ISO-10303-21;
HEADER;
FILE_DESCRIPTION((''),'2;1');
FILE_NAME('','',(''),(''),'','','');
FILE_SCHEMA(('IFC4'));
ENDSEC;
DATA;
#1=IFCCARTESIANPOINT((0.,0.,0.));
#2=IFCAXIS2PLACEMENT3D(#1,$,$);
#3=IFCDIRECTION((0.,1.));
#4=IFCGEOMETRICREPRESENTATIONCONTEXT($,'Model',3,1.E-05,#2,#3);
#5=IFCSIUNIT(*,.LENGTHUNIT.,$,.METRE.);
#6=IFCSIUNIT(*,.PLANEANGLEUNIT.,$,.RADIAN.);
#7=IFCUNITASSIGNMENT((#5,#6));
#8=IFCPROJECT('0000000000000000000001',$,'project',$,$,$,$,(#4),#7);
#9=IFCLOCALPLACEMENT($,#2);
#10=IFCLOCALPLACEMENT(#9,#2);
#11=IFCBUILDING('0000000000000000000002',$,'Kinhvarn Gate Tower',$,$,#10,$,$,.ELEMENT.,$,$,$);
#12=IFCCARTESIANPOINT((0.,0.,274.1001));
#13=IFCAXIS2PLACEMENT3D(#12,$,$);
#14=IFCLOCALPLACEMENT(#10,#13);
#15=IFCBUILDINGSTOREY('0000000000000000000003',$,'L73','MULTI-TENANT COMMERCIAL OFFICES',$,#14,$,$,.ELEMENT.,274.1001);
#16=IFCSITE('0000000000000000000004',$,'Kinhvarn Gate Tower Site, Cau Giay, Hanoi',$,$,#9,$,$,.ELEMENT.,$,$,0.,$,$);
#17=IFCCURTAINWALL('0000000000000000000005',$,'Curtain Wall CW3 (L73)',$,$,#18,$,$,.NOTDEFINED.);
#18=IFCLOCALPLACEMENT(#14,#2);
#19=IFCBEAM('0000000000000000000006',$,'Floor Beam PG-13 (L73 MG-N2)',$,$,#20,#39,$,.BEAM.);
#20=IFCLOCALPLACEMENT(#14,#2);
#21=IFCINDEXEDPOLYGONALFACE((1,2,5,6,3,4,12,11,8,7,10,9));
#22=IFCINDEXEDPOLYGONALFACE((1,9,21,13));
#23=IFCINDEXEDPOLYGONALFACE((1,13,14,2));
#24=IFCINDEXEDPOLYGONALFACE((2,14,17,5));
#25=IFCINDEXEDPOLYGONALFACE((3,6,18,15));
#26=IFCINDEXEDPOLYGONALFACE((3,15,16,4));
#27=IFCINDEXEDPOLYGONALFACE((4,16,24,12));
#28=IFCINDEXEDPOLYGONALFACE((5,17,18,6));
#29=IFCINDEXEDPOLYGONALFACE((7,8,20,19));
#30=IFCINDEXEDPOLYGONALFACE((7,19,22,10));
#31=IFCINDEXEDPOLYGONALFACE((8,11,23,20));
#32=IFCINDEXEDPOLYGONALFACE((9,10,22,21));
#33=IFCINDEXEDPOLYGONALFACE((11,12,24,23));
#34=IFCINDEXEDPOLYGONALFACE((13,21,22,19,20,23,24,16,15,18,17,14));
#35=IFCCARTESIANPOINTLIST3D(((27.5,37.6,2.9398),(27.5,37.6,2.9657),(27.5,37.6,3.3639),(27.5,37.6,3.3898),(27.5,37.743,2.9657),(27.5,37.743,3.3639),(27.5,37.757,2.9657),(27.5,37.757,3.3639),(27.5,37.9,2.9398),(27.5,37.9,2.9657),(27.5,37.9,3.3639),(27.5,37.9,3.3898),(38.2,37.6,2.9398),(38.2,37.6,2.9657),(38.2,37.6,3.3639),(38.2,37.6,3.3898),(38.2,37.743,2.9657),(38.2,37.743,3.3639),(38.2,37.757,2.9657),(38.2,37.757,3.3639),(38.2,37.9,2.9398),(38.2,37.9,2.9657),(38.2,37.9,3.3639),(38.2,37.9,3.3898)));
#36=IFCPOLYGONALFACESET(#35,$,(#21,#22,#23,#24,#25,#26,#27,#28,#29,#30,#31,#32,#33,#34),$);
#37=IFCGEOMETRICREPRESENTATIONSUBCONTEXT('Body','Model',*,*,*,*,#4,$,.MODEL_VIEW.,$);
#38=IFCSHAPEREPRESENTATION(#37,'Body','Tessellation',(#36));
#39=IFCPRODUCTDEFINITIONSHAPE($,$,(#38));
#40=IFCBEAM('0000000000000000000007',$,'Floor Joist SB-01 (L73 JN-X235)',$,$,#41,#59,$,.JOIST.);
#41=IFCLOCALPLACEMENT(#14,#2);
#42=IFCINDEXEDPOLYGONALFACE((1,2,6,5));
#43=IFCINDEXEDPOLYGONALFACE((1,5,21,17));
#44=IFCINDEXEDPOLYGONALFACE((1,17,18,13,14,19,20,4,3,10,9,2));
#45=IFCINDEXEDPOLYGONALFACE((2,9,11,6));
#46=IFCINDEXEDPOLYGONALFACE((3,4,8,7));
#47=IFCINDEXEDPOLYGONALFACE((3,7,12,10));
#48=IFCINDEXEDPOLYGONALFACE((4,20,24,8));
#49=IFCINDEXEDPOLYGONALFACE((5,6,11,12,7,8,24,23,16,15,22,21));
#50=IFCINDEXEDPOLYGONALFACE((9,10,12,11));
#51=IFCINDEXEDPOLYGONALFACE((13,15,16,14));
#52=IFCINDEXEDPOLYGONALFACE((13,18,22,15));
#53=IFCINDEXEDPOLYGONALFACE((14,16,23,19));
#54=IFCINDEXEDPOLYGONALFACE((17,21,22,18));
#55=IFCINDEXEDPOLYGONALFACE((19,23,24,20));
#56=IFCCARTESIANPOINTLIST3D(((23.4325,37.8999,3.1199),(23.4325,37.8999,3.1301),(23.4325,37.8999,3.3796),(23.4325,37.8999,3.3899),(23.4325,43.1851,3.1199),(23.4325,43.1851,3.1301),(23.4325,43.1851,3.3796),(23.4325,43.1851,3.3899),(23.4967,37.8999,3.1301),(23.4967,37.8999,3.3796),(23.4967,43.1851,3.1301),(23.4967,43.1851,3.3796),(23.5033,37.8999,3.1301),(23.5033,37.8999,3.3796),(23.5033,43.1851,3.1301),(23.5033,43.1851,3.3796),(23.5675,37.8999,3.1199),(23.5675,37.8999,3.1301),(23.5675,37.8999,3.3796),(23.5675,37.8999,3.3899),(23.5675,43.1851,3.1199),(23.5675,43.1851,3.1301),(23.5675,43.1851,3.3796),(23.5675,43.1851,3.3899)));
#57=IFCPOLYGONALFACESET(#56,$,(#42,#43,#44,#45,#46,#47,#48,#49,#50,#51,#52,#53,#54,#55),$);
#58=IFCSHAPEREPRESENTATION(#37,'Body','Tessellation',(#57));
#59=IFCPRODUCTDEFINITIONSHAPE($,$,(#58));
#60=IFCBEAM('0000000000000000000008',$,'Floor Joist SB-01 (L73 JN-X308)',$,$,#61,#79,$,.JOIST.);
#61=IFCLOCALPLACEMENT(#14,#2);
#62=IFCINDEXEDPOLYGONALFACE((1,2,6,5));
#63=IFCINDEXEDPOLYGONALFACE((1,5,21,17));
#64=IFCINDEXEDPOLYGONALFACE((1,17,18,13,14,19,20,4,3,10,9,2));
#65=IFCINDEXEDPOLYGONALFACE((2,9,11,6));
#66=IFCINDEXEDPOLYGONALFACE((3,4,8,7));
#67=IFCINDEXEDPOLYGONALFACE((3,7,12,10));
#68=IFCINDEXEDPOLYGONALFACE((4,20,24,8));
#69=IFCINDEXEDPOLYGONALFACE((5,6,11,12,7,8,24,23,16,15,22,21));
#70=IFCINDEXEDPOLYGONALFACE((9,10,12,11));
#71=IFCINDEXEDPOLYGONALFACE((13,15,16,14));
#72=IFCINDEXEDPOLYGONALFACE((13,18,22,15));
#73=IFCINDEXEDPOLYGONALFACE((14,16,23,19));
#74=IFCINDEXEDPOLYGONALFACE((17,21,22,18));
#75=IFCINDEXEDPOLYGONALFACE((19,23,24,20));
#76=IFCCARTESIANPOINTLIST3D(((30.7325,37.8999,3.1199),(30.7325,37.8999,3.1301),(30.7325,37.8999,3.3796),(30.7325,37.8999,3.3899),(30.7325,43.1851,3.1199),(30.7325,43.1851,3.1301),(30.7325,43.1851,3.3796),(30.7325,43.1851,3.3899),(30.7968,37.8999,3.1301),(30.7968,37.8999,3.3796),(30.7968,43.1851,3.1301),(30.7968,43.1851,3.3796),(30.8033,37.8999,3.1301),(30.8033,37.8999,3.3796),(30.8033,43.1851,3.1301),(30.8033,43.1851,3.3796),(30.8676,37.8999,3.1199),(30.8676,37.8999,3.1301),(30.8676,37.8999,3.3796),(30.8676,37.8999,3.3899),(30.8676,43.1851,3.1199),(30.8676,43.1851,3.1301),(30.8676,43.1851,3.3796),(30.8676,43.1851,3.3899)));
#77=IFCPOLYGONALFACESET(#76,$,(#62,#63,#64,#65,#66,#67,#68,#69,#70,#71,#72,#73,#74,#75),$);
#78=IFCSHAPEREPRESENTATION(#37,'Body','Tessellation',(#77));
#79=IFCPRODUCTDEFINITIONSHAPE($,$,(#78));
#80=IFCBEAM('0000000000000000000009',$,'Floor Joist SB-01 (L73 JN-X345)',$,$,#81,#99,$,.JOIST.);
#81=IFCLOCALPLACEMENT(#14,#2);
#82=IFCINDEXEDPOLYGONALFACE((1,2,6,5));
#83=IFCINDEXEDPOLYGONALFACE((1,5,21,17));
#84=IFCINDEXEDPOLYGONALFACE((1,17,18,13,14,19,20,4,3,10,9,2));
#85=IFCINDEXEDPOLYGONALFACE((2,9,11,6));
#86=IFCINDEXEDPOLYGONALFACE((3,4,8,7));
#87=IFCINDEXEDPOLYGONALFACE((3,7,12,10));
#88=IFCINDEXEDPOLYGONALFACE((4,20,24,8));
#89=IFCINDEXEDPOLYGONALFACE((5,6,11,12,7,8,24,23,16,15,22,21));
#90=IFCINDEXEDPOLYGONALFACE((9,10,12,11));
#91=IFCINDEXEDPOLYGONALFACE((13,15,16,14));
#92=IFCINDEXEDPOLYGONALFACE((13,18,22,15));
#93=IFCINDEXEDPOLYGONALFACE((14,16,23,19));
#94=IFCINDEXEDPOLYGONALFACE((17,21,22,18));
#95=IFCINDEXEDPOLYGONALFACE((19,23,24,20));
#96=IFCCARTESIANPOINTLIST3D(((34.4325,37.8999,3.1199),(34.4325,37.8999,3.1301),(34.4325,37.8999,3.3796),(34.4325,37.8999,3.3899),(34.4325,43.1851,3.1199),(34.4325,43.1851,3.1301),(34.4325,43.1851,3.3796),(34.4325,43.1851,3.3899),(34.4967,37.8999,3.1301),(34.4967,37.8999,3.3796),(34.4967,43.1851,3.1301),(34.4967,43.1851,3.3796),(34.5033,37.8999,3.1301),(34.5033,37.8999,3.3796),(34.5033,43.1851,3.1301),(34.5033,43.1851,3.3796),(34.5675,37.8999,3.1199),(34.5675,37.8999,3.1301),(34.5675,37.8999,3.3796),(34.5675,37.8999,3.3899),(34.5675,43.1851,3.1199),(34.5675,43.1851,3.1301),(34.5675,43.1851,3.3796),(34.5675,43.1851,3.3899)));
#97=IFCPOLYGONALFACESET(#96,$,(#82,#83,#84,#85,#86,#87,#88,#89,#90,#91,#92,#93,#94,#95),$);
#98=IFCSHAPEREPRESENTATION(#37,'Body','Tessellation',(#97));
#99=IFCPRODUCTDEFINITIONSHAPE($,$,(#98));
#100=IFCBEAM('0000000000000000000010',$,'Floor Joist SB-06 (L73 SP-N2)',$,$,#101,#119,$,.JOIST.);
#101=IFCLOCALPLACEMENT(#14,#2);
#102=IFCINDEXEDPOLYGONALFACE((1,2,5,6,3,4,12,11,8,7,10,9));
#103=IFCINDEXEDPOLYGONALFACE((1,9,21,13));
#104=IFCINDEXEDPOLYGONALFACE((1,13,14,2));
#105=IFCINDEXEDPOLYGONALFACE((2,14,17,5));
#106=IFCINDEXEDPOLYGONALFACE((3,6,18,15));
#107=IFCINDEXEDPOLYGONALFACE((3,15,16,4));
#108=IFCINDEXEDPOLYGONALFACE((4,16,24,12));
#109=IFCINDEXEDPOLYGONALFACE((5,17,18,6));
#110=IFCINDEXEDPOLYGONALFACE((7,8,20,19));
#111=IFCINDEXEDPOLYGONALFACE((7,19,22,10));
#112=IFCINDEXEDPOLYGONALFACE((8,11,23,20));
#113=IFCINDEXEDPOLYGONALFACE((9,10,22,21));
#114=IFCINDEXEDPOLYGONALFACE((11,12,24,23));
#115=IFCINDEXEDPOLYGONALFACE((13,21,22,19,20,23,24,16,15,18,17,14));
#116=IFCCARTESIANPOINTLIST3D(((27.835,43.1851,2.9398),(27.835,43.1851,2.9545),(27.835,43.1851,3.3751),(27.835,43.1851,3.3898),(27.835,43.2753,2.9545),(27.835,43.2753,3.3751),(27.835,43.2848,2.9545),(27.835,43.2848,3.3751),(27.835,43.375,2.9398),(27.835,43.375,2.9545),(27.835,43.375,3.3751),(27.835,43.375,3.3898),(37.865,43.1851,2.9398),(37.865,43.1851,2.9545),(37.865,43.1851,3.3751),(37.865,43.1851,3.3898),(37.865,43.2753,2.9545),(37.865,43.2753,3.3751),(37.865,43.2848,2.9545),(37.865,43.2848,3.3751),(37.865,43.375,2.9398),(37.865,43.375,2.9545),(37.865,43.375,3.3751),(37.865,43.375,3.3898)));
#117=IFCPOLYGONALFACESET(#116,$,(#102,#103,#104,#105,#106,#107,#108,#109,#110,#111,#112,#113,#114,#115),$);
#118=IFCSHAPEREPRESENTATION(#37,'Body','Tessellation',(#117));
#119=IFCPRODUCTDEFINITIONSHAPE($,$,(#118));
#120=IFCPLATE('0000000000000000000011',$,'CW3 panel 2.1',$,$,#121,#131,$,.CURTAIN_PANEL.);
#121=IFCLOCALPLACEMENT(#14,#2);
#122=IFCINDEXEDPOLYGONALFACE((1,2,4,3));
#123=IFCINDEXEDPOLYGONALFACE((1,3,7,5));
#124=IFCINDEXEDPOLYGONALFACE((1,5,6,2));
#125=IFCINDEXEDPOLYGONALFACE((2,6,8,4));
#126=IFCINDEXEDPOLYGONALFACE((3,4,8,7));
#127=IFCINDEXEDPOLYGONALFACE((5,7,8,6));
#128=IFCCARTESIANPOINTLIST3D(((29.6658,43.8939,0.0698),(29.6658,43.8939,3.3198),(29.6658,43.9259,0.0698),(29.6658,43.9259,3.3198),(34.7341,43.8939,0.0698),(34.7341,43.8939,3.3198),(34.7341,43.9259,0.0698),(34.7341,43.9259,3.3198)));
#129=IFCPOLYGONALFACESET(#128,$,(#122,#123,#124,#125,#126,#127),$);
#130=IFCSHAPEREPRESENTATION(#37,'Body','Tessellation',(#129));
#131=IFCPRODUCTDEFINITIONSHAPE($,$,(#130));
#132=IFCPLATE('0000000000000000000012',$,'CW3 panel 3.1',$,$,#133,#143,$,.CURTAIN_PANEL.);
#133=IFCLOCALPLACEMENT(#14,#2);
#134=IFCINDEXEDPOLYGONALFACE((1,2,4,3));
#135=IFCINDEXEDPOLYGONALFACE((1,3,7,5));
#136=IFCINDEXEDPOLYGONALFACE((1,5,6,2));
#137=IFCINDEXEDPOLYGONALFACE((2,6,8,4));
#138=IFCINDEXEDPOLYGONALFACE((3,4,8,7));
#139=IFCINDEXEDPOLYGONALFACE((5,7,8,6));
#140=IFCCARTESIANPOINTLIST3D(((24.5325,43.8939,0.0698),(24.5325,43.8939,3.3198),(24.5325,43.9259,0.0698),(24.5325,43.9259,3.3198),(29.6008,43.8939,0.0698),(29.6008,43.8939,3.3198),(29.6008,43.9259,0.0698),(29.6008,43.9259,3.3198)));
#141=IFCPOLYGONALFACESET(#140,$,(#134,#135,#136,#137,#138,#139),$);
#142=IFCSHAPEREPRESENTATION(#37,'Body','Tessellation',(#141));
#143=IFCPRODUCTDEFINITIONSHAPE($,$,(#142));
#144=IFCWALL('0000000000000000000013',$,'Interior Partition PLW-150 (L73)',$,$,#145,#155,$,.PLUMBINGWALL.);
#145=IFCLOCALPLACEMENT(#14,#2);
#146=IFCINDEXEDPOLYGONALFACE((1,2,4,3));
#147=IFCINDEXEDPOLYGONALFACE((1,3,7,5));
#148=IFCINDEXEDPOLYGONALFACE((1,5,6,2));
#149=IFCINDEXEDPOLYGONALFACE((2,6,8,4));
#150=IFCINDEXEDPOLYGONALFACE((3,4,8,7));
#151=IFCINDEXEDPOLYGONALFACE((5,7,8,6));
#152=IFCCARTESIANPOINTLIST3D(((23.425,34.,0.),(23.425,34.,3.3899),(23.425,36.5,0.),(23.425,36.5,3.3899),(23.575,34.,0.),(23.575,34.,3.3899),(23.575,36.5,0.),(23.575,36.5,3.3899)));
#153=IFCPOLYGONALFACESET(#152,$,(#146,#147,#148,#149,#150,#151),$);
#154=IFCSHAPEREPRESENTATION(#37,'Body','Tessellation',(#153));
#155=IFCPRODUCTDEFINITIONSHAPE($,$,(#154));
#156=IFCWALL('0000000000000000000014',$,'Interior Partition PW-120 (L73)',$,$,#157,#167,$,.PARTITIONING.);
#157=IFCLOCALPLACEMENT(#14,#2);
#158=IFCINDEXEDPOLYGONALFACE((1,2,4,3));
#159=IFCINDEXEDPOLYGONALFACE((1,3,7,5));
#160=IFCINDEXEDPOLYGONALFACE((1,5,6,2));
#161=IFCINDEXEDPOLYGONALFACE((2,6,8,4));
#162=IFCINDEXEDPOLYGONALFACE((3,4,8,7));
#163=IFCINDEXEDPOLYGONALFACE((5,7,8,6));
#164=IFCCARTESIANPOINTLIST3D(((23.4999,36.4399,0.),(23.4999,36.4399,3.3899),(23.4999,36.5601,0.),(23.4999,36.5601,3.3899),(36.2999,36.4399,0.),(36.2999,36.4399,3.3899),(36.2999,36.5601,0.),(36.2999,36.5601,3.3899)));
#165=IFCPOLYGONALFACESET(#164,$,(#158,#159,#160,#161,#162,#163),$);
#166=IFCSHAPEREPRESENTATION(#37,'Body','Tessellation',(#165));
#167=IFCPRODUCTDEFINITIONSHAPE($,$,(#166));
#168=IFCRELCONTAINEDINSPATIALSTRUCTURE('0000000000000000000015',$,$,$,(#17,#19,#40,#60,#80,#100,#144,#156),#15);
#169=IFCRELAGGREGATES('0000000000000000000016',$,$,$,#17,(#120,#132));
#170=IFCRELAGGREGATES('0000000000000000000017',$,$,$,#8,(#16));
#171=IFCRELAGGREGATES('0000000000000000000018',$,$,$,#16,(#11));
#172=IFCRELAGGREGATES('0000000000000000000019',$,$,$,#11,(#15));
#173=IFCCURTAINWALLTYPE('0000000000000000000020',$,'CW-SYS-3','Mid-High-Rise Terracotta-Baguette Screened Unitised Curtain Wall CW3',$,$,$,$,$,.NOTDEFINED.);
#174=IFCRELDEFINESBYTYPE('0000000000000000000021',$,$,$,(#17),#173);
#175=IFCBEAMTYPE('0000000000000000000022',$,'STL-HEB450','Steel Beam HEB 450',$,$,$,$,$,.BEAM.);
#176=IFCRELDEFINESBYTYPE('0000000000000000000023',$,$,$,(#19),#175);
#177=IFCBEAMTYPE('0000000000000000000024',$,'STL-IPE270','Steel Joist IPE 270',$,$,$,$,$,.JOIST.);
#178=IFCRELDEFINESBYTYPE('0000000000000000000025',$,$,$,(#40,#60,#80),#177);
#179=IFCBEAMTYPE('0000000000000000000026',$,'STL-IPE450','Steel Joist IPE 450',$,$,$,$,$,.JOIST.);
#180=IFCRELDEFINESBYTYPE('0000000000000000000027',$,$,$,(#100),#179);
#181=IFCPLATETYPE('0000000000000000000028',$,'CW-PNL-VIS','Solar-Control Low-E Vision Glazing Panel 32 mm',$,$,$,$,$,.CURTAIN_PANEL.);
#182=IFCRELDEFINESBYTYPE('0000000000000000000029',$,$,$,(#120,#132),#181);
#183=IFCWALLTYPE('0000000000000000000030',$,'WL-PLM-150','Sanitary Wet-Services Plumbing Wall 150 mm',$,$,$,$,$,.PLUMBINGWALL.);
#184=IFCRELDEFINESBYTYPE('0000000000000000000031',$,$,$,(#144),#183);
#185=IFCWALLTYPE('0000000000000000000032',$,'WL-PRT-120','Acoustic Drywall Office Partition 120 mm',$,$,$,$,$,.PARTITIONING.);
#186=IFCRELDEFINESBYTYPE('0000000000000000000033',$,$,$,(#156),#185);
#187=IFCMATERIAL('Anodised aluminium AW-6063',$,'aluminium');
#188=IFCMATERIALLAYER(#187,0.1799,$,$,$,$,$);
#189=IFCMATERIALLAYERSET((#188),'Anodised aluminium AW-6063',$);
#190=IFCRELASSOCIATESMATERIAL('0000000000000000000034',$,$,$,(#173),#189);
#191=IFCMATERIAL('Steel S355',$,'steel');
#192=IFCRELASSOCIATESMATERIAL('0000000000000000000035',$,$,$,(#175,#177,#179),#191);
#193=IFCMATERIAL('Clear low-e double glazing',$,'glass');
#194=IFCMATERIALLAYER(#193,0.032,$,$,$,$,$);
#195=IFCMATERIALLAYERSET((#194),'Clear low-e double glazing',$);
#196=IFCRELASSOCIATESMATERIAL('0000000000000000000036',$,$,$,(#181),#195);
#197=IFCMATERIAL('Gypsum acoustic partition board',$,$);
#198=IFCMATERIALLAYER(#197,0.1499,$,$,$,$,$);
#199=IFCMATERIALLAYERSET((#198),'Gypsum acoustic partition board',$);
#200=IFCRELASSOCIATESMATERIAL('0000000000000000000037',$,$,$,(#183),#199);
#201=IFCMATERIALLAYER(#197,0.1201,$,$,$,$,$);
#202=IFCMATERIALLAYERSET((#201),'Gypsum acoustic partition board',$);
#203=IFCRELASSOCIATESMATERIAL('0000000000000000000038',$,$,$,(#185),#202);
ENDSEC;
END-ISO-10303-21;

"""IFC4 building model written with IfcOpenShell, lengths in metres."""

from ifc_helpers import new_model, si_unit, direction, frame, frame_2d, origin, origin_2d, place, context, subcontext, project, spatial, rectangle, i_section, extrude, material, layer, layer_set, material_profile, profile_set, type_object, element, aggregate, save


model = new_model("IFC4")

# Units and contexts
model_context = context("Model", 3, precision=1e-05, world=origin(), true_north=direction((0.0, 1.0)))
body_context = subcontext(model_context, "Body", "Model", "MODEL_VIEW")
ifc_project = project(units=[si_unit("LENGTHUNIT", "METRE"), si_unit("PLANEANGLEUNIT", "RADIAN")], contexts=[model_context])

# Site, building, storey
site_placement = place(None, origin())
site = spatial("IfcSite", under=ifc_project, at=site_placement, Name="Kinhvarn Gate Tower Site, Cau Giay, Hanoi", CompositionType="ELEMENT", RefElevation=0.0)
building_placement = place(site_placement, origin())
building = spatial("IfcBuilding", under=site, at=building_placement, Name="Kinhvarn Gate Tower", CompositionType="ELEMENT")
storey_placement = place(building_placement, frame((0.0, 0.0, 274.1001)))
storey = spatial("IfcBuildingStorey", under=building, at=storey_placement, Name="L73", Description="MULTI-TENANT COMMERCIAL OFFICES", CompositionType="ELEMENT", Elevation=274.1001)

# Curtain wall
ifc_material_1 = material(Name="Anodised aluminium AW-6063", Category="aluminium")
ifc_layer_1 = layer(ifc_material_1, 0.1799)
ifc_layer_set_1 = layer_set([ifc_layer_1], Name="Anodised aluminium AW-6063")
curtain_wall_type = type_object("IfcCurtainWallType", Name="CW-SYS-3", Description="Mid-High-Rise Terracotta-Baguette Screened Unitised Curtain Wall CW3", PredefinedType="NOTDEFINED", material=ifc_layer_set_1)
curtain_wall_placement = place(storey_placement, origin())
curtain_wall = element("IfcCurtainWall", 1, at=curtain_wall_placement, inside=storey, type_object=curtain_wall_type, Name="Curtain Wall CW3 (L73)", PredefinedType="NOTDEFINED")

# Beams
ifc_material_2 = material(Name="Steel S355", Category="steel")
ifc_material_profile_1 = material_profile(ifc_material_2, i_section(OverallWidth=0.3, OverallDepth=0.45, WebThickness=0.0139, FlangeThickness=0.0259, at=origin_2d()), Name="HEB 450")
ifc_profile_set_1 = profile_set([ifc_material_profile_1], Name="Steel S355")
beam_type_1 = type_object("IfcBeamType", Name="STL-HEB450", Description="Steel Beam HEB 450", PredefinedType="BEAM", material=ifc_profile_set_1)
beam_1_placement = place(storey_placement, frame((27.5, 37.75, 3.1648), z_axis=(1.0, 0.0, 0.0), x_axis=(0.0, 1.0, 0.0)))
element("IfcBeam", 2, at=beam_1_placement, inside=storey, type_object=beam_type_1, Name="Floor Beam PG-13 (L73 MG-N2)", PredefinedType="BEAM", context=body_context, shape_type="SweptSolid", body=[
    extrude(i_section(OverallWidth=0.3, OverallDepth=0.45, WebThickness=0.0139, FlangeThickness=0.0259, at=origin_2d()), origin(), (0.0, 0.0, 1.0), 10.7),
])
ifc_material_profile_2 = material_profile(ifc_material_2, i_section(OverallWidth=0.135, OverallDepth=0.27, WebThickness=0.0066, FlangeThickness=0.0103, at=origin_2d()), Name="IPE 270")
ifc_profile_set_2 = profile_set([ifc_material_profile_2], Name="Steel S355")
beam_type_2 = type_object("IfcBeamType", Name="STL-IPE270", Description="Steel Joist IPE 270", PredefinedType="JOIST", material=ifc_profile_set_2)
for number, where, z_axis, x_axis, name in (
    (3, (23.5, 37.8999, 3.2549), (0.0, 1.0, 0.0), (-1.0, 0.0, 0.0), "Floor Joist SB-01 (L73 JN-X235)"),
    (4, (30.8, 37.8999, 3.2549), (0.0, 1.0, 0.0), (-1.0, 0.0, 0.0), "Floor Joist SB-01 (L73 JN-X308)"),
    (5, (34.5, 37.8999, 3.2549), (0.0, 1.0, 0.0), (-1.0, 0.0, 0.0), "Floor Joist SB-01 (L73 JN-X345)"),
):
    element("IfcBeam", number, at=place(storey_placement, frame(where, z_axis=z_axis, x_axis=x_axis)), inside=storey, type_object=beam_type_2, Name=name, PredefinedType="JOIST", context=body_context, shape_type="SweptSolid", body=[
        extrude(i_section(OverallWidth=0.135, OverallDepth=0.27, WebThickness=0.0066, FlangeThickness=0.0103, at=origin_2d()), origin(), (0.0, 0.0, 1.0), 5.2852),
    ])
ifc_material_profile_3 = material_profile(ifc_material_2, i_section(OverallWidth=0.1899, OverallDepth=0.45, WebThickness=0.0095, FlangeThickness=0.0146, at=origin_2d()), Name="IPE 450")
ifc_profile_set_3 = profile_set([ifc_material_profile_3], Name="Steel S355")
beam_type_3 = type_object("IfcBeamType", Name="STL-IPE450", Description="Steel Joist IPE 450", PredefinedType="JOIST", material=ifc_profile_set_3)
beam_2_placement = place(storey_placement, frame((27.835, 43.28, 3.1648), z_axis=(1.0, 0.0, 0.0), x_axis=(0.0, 1.0, 0.0)))
element("IfcBeam", 6, at=beam_2_placement, inside=storey, type_object=beam_type_3, Name="Floor Joist SB-06 (L73 SP-N2)", PredefinedType="JOIST", context=body_context, shape_type="SweptSolid", body=[
    extrude(i_section(OverallWidth=0.1899, OverallDepth=0.45, WebThickness=0.0095, FlangeThickness=0.0146, at=origin_2d()), origin(), (0.0, 0.0, 1.0), 10.03),
])

# Plates
ifc_material_3 = material(Name="Clear low-e double glazing", Category="glass")
ifc_layer_2 = layer(ifc_material_3, 0.032)
ifc_layer_set_2 = layer_set([ifc_layer_2], Name="Clear low-e double glazing")
plate_type = type_object("IfcPlateType", Name="CW-PNL-VIS", Description="Solar-Control Low-E Vision Glazing Panel 32 mm", PredefinedType="CURTAIN_PANEL", material=ifc_layer_set_2)
plate_1_placement = place(storey_placement, frame((32.2, 43.9099, 0.0698), z_axis=(0.0, 0.0, 1.0), x_axis=(-1.0, 0.0, 0.0)))
plate_1 = element("IfcPlate", 7, at=plate_1_placement, type_object=plate_type, Name="CW3 panel 2.1", PredefinedType="CURTAIN_PANEL", context=body_context, shape_type="SweptSolid", body=[
    extrude(rectangle(XDim=5.0684, YDim=0.032, at=origin_2d()), origin(), (0.0, 0.0, 1.0), 3.25),
])
plate_2_placement = place(storey_placement, frame((27.0667, 43.9099, 0.0698), z_axis=(0.0, 0.0, 1.0), x_axis=(-1.0, 0.0, 0.0)))
plate_2 = element("IfcPlate", 8, at=plate_2_placement, type_object=plate_type, Name="CW3 panel 3.1", PredefinedType="CURTAIN_PANEL", context=body_context, shape_type="SweptSolid", body=[
    extrude(rectangle(XDim=5.0684, YDim=0.032, at=origin_2d()), origin(), (0.0, 0.0, 1.0), 3.25),
])
aggregate(curtain_wall, [plate_1, plate_2])

# Walls
ifc_material_4 = material(Name="Gypsum acoustic partition board")
ifc_layer_3 = layer(ifc_material_4, 0.1499)
ifc_layer_set_3 = layer_set([ifc_layer_3], Name="Gypsum acoustic partition board")
wall_type_1 = type_object("IfcWallType", Name="WL-PLM-150", Description="Sanitary Wet-Services Plumbing Wall 150 mm", PredefinedType="PLUMBINGWALL", material=ifc_layer_set_3)
wall_1_placement = place(storey_placement, frame((23.5, 34.0, 0.0), z_axis=(0.0, 0.0, 1.0), x_axis=(0.0, 1.0, 0.0)))
element("IfcWall", 9, at=wall_1_placement, inside=storey, type_object=wall_type_1, Name="Interior Partition PLW-150 (L73)", PredefinedType="PLUMBINGWALL", context=body_context, shape_type="SweptSolid", body=[
    extrude(rectangle(XDim=2.5, YDim=0.1499, at=frame_2d((1.25, 0.0))), origin(), (0.0, 0.0, 1.0), 3.3899),
])
ifc_layer_4 = layer(ifc_material_4, 0.1201)
ifc_layer_set_4 = layer_set([ifc_layer_4], Name="Gypsum acoustic partition board")
wall_type_2 = type_object("IfcWallType", Name="WL-PRT-120", Description="Acoustic Drywall Office Partition 120 mm", PredefinedType="PARTITIONING", material=ifc_layer_set_4)
wall_2_placement = place(storey_placement, frame((23.5, 36.5, 0.0), z_axis=(0.0, 0.0, 1.0), x_axis=(1.0, 0.0, 0.0)))
element("IfcWall", 10, at=wall_2_placement, inside=storey, type_object=wall_type_2, Name="Interior Partition PW-120 (L73)", PredefinedType="PARTITIONING", context=body_context, shape_type="SweptSolid", body=[
    extrude(rectangle(XDim=12.8, YDim=0.1201, at=frame_2d((6.3999, 0.0))), origin(), (0.0, 0.0, 1.0), 3.3899),
])

save(model, "model.ifc")
